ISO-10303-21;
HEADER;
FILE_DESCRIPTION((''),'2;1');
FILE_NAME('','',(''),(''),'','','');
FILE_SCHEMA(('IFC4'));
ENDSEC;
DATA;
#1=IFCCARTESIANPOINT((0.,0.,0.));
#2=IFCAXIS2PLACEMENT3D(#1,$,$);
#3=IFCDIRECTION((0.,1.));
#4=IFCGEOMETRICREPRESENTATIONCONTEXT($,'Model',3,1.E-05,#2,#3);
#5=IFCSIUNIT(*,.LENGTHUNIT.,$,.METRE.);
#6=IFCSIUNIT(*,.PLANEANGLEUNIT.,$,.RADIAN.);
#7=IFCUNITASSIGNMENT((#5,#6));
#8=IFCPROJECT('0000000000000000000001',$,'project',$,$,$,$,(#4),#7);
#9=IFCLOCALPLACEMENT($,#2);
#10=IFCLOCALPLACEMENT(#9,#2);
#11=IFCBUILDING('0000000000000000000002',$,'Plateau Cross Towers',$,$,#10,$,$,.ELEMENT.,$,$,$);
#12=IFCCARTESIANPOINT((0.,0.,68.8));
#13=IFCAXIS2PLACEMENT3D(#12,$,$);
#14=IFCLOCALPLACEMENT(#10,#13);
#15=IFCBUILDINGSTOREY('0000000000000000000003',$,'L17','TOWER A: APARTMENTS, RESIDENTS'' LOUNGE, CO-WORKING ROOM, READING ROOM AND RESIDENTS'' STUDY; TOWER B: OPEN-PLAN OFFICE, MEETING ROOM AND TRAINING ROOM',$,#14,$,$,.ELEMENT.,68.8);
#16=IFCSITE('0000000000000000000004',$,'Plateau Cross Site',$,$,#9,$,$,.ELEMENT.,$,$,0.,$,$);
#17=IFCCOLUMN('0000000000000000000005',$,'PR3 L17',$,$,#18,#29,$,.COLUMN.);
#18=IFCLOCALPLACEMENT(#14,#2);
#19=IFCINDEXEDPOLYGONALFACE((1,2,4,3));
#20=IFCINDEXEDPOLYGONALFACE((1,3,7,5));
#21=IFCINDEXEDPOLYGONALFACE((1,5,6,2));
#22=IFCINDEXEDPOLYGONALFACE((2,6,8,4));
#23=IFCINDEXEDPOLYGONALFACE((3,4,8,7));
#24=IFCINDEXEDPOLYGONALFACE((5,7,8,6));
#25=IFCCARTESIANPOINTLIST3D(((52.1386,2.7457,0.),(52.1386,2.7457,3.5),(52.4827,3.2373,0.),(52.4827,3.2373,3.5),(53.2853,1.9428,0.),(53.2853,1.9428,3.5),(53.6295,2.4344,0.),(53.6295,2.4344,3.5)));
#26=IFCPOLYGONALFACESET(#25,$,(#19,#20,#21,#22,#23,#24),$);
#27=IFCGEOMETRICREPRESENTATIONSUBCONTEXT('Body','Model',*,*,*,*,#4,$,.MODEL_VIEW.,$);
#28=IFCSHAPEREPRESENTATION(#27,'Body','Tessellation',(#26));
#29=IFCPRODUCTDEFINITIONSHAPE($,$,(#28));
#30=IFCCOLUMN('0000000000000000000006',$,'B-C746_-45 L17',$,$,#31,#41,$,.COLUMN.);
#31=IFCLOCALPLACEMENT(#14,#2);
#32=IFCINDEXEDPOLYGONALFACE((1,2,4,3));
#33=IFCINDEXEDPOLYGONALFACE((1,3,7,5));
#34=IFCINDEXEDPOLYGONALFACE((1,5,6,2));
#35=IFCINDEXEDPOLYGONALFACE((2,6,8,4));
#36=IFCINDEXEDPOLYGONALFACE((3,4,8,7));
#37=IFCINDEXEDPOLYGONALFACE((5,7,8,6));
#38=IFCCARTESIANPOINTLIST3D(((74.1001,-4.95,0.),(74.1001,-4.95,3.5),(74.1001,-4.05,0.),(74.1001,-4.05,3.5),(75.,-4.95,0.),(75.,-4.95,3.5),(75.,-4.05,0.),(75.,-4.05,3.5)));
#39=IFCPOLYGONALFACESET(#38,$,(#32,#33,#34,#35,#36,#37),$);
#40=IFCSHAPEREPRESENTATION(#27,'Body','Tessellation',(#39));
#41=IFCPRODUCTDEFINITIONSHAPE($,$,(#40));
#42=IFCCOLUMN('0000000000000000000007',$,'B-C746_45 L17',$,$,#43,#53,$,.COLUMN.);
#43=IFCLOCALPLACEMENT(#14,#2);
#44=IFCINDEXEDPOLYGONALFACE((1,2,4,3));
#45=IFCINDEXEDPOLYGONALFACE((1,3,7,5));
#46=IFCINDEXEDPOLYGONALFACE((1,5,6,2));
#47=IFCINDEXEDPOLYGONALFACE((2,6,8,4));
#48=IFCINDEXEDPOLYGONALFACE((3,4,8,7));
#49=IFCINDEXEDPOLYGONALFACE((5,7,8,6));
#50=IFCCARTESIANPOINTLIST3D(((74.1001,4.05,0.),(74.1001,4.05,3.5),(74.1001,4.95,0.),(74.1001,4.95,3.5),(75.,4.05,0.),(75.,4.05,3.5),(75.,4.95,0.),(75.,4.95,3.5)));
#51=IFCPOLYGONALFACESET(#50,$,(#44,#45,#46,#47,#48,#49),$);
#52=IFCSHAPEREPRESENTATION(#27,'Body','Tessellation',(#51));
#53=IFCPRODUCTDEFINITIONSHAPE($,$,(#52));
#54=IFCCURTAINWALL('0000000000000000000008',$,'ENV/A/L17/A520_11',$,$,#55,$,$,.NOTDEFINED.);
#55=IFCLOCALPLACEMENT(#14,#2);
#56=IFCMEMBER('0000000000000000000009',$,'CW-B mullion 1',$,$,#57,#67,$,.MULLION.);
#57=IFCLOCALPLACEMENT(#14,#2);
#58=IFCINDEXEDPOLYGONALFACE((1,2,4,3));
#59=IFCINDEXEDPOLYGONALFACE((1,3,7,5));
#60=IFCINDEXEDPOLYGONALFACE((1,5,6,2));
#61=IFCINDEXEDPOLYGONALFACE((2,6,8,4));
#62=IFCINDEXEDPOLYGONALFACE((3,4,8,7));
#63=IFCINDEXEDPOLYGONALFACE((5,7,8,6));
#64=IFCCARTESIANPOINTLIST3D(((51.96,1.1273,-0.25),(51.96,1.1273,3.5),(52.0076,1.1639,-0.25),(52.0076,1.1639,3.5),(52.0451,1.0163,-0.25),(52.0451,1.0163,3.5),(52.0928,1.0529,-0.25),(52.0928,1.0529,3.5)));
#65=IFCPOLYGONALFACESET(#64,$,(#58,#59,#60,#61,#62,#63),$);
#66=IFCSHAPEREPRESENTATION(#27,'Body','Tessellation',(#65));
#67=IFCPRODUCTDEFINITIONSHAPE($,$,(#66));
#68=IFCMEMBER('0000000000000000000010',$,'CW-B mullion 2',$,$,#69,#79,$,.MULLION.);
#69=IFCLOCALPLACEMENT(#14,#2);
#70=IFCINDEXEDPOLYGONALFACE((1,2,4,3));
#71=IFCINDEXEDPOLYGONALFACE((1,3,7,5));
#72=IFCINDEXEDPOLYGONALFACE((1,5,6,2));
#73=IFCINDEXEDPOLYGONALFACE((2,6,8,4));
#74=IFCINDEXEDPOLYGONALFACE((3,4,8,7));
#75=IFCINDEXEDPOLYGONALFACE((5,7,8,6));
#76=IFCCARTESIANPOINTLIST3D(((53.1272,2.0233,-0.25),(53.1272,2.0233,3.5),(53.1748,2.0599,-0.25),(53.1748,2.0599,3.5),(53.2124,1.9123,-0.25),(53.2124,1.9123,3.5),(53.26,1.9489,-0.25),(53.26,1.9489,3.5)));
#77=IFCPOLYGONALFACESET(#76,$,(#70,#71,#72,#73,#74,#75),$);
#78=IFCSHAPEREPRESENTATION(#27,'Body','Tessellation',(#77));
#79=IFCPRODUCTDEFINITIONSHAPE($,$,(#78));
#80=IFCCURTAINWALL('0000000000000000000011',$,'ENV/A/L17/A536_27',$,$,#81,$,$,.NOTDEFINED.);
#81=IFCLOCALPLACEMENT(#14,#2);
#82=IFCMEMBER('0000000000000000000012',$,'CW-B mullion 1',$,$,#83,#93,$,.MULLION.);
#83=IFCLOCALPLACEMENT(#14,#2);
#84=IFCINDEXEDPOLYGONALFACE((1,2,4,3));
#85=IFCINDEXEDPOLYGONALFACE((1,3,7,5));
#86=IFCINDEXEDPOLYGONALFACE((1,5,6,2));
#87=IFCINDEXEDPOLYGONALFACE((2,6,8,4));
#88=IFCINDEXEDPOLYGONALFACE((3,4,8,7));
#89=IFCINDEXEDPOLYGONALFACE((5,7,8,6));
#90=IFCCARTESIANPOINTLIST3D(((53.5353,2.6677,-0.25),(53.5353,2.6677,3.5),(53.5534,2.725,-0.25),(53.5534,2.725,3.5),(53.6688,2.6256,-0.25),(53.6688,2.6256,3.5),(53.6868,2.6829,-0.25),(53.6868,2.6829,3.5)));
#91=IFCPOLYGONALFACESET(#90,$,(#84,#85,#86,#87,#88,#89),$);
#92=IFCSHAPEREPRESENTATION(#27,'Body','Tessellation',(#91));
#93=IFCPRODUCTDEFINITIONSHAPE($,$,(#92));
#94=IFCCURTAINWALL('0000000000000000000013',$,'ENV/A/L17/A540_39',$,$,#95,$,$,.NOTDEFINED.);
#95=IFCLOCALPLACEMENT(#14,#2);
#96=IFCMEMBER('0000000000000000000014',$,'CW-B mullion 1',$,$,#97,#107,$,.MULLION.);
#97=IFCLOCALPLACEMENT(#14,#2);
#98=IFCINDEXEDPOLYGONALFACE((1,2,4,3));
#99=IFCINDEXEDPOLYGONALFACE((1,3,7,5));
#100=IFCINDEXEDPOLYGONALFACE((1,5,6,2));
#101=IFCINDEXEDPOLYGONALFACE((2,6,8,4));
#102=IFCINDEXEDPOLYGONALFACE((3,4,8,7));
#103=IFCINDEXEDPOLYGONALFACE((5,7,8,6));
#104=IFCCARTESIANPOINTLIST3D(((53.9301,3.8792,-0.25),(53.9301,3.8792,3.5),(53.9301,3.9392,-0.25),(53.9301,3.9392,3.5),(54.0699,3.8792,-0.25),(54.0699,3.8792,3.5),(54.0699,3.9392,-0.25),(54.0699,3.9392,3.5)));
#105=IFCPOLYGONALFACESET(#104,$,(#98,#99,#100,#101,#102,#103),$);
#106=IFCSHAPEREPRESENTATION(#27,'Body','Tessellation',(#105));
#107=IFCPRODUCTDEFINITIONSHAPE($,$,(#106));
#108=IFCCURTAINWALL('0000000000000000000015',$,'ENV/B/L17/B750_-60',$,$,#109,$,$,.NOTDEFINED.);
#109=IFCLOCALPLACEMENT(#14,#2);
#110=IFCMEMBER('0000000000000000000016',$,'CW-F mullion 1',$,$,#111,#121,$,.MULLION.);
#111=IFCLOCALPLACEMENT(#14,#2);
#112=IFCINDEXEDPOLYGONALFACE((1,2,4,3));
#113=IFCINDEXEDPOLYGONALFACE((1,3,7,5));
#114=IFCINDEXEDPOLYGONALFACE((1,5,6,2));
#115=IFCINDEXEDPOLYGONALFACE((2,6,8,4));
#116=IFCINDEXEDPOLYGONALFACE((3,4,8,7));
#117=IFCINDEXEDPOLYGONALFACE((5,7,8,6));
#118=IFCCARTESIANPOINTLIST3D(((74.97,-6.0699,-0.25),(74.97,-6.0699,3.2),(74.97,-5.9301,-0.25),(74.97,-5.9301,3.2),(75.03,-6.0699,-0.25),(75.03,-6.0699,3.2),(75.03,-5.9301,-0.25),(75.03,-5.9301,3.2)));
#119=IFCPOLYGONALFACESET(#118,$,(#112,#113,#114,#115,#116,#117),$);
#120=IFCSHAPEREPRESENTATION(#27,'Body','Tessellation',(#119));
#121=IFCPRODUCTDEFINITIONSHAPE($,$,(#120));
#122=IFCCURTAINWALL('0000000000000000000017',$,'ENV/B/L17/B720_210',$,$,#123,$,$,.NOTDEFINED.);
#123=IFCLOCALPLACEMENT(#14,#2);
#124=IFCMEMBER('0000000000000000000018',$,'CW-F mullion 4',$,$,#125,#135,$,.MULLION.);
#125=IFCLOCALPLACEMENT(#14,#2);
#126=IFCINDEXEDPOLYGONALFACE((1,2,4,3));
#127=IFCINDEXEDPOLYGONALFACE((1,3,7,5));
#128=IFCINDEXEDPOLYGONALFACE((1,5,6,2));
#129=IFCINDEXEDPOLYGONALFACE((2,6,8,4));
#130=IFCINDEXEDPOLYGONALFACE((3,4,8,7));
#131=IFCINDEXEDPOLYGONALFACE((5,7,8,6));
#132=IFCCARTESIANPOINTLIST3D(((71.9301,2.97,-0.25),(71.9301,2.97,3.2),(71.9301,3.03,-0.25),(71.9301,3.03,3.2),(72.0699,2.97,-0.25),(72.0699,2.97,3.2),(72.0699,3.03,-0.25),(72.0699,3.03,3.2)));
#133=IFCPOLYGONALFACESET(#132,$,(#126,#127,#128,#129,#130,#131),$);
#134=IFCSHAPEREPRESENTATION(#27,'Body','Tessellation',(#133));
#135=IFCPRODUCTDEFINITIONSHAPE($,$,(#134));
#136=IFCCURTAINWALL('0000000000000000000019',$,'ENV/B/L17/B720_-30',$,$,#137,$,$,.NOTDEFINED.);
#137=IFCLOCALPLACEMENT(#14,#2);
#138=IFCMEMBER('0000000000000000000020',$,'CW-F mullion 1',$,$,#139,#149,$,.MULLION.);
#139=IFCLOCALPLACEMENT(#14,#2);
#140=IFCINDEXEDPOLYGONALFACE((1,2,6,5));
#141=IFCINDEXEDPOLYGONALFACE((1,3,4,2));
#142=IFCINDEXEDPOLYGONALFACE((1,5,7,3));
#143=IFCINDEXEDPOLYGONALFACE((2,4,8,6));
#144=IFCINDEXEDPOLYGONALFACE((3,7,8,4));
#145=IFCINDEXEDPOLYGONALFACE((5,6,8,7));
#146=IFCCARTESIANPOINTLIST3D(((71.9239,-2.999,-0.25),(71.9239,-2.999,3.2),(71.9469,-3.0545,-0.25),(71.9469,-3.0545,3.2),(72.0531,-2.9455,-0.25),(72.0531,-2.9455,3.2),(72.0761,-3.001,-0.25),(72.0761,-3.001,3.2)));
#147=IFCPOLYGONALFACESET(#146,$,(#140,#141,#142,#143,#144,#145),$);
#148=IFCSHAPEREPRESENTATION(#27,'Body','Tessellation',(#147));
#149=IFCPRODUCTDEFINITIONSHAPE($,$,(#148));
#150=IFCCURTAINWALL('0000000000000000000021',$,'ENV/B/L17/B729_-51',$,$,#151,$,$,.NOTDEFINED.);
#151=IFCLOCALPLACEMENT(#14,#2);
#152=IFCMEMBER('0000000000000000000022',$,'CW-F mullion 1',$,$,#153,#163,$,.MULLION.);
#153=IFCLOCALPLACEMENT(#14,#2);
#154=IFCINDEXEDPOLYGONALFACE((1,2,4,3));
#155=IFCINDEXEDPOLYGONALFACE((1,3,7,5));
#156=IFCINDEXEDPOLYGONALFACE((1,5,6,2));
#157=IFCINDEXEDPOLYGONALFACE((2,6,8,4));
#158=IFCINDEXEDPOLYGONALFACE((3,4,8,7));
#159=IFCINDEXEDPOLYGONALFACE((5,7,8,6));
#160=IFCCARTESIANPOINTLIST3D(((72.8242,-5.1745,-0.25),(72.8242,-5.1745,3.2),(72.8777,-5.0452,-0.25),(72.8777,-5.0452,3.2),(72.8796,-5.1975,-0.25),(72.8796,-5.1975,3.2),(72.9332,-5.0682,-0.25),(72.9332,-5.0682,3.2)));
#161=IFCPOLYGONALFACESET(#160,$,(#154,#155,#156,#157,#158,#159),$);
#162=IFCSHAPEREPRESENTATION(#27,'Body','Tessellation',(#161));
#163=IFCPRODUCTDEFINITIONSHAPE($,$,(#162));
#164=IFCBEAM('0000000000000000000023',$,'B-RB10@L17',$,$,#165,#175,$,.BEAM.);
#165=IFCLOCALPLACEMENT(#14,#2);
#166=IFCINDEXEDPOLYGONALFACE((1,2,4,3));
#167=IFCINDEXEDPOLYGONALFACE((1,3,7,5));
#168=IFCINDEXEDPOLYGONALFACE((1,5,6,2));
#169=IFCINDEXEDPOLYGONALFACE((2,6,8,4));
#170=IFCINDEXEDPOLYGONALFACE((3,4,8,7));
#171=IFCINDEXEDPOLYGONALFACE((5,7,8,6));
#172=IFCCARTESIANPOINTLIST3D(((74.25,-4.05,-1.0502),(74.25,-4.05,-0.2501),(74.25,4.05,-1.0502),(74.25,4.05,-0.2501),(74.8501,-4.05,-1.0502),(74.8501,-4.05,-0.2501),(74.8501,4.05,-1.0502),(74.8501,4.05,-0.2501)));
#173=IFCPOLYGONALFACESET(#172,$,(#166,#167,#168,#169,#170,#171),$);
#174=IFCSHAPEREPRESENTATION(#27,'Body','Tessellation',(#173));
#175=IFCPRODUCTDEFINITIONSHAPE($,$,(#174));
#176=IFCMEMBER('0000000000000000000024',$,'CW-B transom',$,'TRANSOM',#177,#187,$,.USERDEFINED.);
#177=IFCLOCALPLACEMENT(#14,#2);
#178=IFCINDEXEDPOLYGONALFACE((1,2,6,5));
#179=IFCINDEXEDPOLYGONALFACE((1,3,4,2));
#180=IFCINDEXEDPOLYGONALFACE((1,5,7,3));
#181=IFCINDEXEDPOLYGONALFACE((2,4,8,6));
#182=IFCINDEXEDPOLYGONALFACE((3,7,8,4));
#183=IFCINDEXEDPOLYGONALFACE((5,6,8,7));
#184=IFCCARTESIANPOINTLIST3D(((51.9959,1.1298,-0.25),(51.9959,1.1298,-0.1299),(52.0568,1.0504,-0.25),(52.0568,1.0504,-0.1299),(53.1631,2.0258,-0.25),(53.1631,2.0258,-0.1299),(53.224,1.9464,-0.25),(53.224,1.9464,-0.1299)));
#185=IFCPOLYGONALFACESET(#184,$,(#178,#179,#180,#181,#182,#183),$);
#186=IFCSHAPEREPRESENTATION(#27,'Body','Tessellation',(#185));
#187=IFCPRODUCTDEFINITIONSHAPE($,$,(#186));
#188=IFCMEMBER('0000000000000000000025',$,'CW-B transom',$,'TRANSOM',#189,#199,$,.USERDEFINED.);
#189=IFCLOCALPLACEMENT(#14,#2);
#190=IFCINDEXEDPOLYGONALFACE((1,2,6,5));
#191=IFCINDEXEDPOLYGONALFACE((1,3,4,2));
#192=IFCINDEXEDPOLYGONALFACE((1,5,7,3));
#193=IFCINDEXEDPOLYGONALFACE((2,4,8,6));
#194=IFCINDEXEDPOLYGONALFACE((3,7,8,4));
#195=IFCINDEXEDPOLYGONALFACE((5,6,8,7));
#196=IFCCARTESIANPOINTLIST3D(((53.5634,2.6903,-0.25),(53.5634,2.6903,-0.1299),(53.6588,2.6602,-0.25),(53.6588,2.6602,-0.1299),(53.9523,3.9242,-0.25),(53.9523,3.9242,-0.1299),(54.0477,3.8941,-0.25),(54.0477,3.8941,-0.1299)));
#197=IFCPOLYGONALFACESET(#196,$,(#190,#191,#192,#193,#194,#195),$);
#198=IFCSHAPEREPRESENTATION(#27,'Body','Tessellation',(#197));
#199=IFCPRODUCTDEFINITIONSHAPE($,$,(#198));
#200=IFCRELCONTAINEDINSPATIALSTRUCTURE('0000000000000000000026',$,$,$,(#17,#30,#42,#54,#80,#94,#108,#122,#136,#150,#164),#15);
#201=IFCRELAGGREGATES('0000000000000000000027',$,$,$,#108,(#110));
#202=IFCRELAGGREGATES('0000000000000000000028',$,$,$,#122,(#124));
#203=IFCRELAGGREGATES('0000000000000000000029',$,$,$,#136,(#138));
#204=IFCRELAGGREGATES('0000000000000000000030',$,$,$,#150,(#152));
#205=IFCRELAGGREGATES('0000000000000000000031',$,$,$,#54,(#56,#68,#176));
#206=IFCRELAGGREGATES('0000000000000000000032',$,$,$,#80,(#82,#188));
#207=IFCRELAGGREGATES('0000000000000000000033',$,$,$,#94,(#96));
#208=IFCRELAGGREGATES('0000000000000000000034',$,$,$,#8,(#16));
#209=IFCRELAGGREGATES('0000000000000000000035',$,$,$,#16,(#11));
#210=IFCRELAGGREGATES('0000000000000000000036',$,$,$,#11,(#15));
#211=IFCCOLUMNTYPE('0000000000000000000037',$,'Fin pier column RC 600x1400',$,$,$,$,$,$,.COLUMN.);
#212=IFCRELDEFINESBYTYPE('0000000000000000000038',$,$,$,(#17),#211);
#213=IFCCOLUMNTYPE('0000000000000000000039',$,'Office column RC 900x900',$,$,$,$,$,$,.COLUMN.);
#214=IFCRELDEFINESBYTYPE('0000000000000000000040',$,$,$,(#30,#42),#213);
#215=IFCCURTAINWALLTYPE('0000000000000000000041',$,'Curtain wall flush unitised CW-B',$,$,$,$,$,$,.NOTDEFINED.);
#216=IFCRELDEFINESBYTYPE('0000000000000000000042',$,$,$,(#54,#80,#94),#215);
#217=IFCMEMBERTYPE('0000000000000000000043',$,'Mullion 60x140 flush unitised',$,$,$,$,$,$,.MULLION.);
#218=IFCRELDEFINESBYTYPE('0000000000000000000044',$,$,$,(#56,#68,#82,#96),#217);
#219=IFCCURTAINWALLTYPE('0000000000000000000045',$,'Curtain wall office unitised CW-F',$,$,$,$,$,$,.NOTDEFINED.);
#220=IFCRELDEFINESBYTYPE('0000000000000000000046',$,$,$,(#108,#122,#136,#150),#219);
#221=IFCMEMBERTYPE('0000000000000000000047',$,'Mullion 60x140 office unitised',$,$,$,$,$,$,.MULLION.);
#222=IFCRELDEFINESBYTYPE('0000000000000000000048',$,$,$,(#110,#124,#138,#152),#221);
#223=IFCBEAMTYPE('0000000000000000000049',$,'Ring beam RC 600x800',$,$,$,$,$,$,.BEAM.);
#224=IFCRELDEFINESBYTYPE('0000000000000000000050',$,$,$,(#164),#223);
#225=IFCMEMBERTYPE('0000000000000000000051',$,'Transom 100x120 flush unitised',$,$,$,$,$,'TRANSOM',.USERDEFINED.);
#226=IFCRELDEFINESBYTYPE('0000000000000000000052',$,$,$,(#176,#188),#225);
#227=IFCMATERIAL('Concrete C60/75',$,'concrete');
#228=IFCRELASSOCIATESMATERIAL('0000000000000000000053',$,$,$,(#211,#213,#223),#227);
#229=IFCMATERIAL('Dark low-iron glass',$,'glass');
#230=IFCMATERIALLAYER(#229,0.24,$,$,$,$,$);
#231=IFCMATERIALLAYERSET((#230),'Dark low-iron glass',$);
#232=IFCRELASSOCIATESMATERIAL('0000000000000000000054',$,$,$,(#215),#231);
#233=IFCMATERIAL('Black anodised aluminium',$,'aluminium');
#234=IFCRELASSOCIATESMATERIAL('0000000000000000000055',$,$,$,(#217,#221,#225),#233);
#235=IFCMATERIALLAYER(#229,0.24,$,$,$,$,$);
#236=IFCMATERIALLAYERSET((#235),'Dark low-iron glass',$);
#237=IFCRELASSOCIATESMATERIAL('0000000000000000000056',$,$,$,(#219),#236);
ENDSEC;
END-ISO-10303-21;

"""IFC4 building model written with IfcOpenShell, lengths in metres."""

from ifc_helpers import new_model, si_unit, direction, frame, origin, origin_2d, place, context, subcontext, project, spatial, rectangle, extrude, material, layer, layer_set, material_profile, profile_set, type_object, element, aggregate, save


model = new_model("IFC4")

# Units and contexts
model_context = context("Model", 3, precision=1e-05, world=origin(), true_north=direction((0.0, 1.0)))
body_context = subcontext(model_context, "Body", "Model", "MODEL_VIEW")
ifc_project = project(units=[si_unit("LENGTHUNIT", "METRE"), si_unit("PLANEANGLEUNIT", "RADIAN")], contexts=[model_context])

# Site, building, storey
site_placement = place(None, origin())
site = spatial("IfcSite", under=ifc_project, at=site_placement, Name="Plateau Cross Site", CompositionType="ELEMENT", RefElevation=0.0)
building_placement = place(site_placement, origin())
building = spatial("IfcBuilding", under=site, at=building_placement, Name="Plateau Cross Towers", CompositionType="ELEMENT")
storey_placement = place(building_placement, frame((0.0, 0.0, 68.8)))
storey = spatial("IfcBuildingStorey", under=building, at=storey_placement, Name="L17", Description="TOWER A: APARTMENTS, RESIDENTS' LOUNGE, CO-WORKING ROOM, READING ROOM AND RESIDENTS' STUDY; TOWER B: OPEN-PLAN OFFICE, MEETING ROOM AND TRAINING ROOM", CompositionType="ELEMENT", Elevation=68.8)

# Columns
ifc_material_1 = material(Name="Concrete C60/75", Category="concrete")
ifc_material_profile_1 = material_profile(ifc_material_1, rectangle(XDim=0.6001, YDim=1.3999, at=origin_2d()), Name="RC 600x1400")
ifc_profile_set_1 = profile_set([ifc_material_profile_1], Name="Concrete C60/75")
column_type_1 = type_object("IfcColumnType", Name="Fin pier column RC 600x1400", PredefinedType="COLUMN", material=ifc_profile_set_1)
column_placement = place(storey_placement, frame((52.884, 2.5901, 0.0), z_axis=(0.0, 0.0, 1.0), x_axis=(0.573543, 0.819176, 0.0)))
element("IfcColumn", 1, at=column_placement, inside=storey, type_object=column_type_1, Name="PR3 L17", PredefinedType="COLUMN", context=body_context, shape_type="SweptSolid", body=[
    extrude(rectangle(XDim=0.6001, YDim=1.3999, at=origin_2d()), origin(), (0.0, 0.0, 1.0), 3.5),
])
ifc_material_profile_2 = material_profile(ifc_material_1, rectangle(XDim=0.8999, YDim=0.8999, at=origin_2d()), Name="RC 900x900")
ifc_profile_set_2 = profile_set([ifc_material_profile_2], Name="Concrete C60/75")
column_type_2 = type_object("IfcColumnType", Name="Office column RC 900x900", PredefinedType="COLUMN", material=ifc_profile_set_2)
for number, where, z_axis, x_axis, name in (
    (2, (74.55, -4.5, 0.0), (0.0, 0.0, 1.0), (1.0, 0.0, 0.0), "B-C746_-45 L17"),
    (3, (74.55, 4.5, 0.0), (0.0, 0.0, 1.0), (1.0, 0.0, 0.0), "B-C746_45 L17"),
):
    element("IfcColumn", number, at=place(storey_placement, frame(where, z_axis=z_axis, x_axis=x_axis)), inside=storey, type_object=column_type_2, Name=name, PredefinedType="COLUMN", context=body_context, shape_type="SweptSolid", body=[
        extrude(rectangle(XDim=0.8999, YDim=0.8999, at=origin_2d()), origin(), (0.0, 0.0, 1.0), 3.5),
    ])

# Curtain wall, members
ifc_material_2 = material(Name="Dark low-iron glass", Category="glass")
ifc_layer_1 = layer(ifc_material_2, 0.24)
ifc_layer_set_1 = layer_set([ifc_layer_1], Name="Dark low-iron glass")
curtain_wall_type_1 = type_object("IfcCurtainWallType", Name="Curtain wall flush unitised CW-B", PredefinedType="NOTDEFINED", material=ifc_layer_set_1)
curtain_wall_1_placement = place(storey_placement, origin())
curtain_wall_1 = element("IfcCurtainWall", 4, at=curtain_wall_1_placement, inside=storey, type_object=curtain_wall_type_1, Name="ENV/A/L17/A520_11", PredefinedType="NOTDEFINED")
ifc_material_3 = material(Name="Black anodised aluminium", Category="aluminium")
ifc_material_profile_3 = material_profile(ifc_material_3, rectangle(XDim=0.0601, YDim=0.1399, at=origin_2d()), Name="MULLION 60x140")
ifc_profile_set_3 = profile_set([ifc_material_profile_3], Name="Black anodised aluminium")
member_type_1 = type_object("IfcMemberType", Name="Mullion 60x140 flush unitised", PredefinedType="MULLION", material=ifc_profile_set_3)
member_1_placement = place(storey_placement, frame((52.0264, 1.0901, -0.25), z_axis=(0.0, 0.0, 1.0), x_axis=(0.793316, 0.608811, 0.0)))
member_1 = element("IfcMember", 5, at=member_1_placement, type_object=member_type_1, Name="CW-B mullion 1", PredefinedType="MULLION", context=body_context, shape_type="SweptSolid", body=[
    extrude(rectangle(XDim=0.0601, YDim=0.1399, at=origin_2d()), origin(), (0.0, 0.0, 1.0), 3.75),
])
member_2_placement = place(storey_placement, frame((53.1936, 1.9861, -0.25), z_axis=(0.0, 0.0, 1.0), x_axis=(0.793316, 0.608811, 0.0)))
member_2 = element("IfcMember", 6, at=member_2_placement, type_object=member_type_1, Name="CW-B mullion 2", PredefinedType="MULLION", context=body_context, shape_type="SweptSolid", body=[
    extrude(rectangle(XDim=0.0601, YDim=0.1399, at=origin_2d()), origin(), (0.0, 0.0, 1.0), 3.75),
])

# Curtain walls, members
curtain_wall_2_placement = place(storey_placement, origin())
curtain_wall_2 = element("IfcCurtainWall", 7, at=curtain_wall_2_placement, inside=storey, type_object=curtain_wall_type_1, Name="ENV/A/L17/A536_27", PredefinedType="NOTDEFINED")
member_3_placement = place(storey_placement, frame((53.6111, 2.6753, -0.25), z_axis=(0.0, 0.0, 1.0), x_axis=(0.300686, 0.953723, 0.0)))
member_3 = element("IfcMember", 8, at=member_3_placement, type_object=member_type_1, Name="CW-B mullion 1", PredefinedType="MULLION", context=body_context, shape_type="SweptSolid", body=[
    extrude(rectangle(XDim=0.0601, YDim=0.1399, at=origin_2d()), origin(), (0.0, 0.0, 1.0), 3.75),
])
curtain_wall_3_placement = place(storey_placement, origin())
curtain_wall_3 = element("IfcCurtainWall", 9, at=curtain_wall_3_placement, inside=storey, type_object=curtain_wall_type_1, Name="ENV/A/L17/A540_39", PredefinedType="NOTDEFINED")
member_4_placement = place(storey_placement, frame((54.0, 3.9092, -0.25), z_axis=(0.0, 0.0, 1.0), x_axis=(0.0, 1.0, 0.0)))
member_4 = element("IfcMember", 10, at=member_4_placement, type_object=member_type_1, Name="CW-B mullion 1", PredefinedType="MULLION", context=body_context, shape_type="SweptSolid", body=[
    extrude(rectangle(XDim=0.0601, YDim=0.1399, at=origin_2d()), origin(), (0.0, 0.0, 1.0), 3.75),
])
ifc_layer_2 = layer(ifc_material_2, 0.24)
ifc_layer_set_2 = layer_set([ifc_layer_2], Name="Dark low-iron glass")
curtain_wall_type_2 = type_object("IfcCurtainWallType", Name="Curtain wall office unitised CW-F", PredefinedType="NOTDEFINED", material=ifc_layer_set_2)
curtain_wall_4_placement = place(storey_placement, origin())
curtain_wall_4 = element("IfcCurtainWall", 11, at=curtain_wall_4_placement, inside=storey, type_object=curtain_wall_type_2, Name="ENV/B/L17/B750_-60", PredefinedType="NOTDEFINED")
ifc_material_profile_4 = material_profile(ifc_material_3, rectangle(XDim=0.0601, YDim=0.1399, at=origin_2d()), Name="MULLION 60x140")
ifc_profile_set_4 = profile_set([ifc_material_profile_4], Name="Black anodised aluminium")
member_type_2 = type_object("IfcMemberType", Name="Mullion 60x140 office unitised", PredefinedType="MULLION", material=ifc_profile_set_4)
member_5_placement = place(storey_placement, frame((75.0, -6.0, -0.25), z_axis=(0.0, 0.0, 1.0), x_axis=(1.0, 0.0, 0.0)))
member_5 = element("IfcMember", 12, at=member_5_placement, type_object=member_type_2, Name="CW-F mullion 1", PredefinedType="MULLION", context=body_context, shape_type="SweptSolid", body=[
    extrude(rectangle(XDim=0.0601, YDim=0.1399, at=origin_2d()), origin(), (0.0, 0.0, 1.0), 3.45),
])
curtain_wall_5_placement = place(storey_placement, origin())
curtain_wall_5 = element("IfcCurtainWall", 13, at=curtain_wall_5_placement, inside=storey, type_object=curtain_wall_type_2, Name="ENV/B/L17/B720_210", PredefinedType="NOTDEFINED")
member_6_placement = place(storey_placement, frame((72.0, 3.0, -0.25), z_axis=(0.0, 0.0, 1.0), x_axis=(0.0, -1.0, 0.0)))
member_6 = element("IfcMember", 14, at=member_6_placement, type_object=member_type_2, Name="CW-F mullion 4", PredefinedType="MULLION", context=body_context, shape_type="SweptSolid", body=[
    extrude(rectangle(XDim=0.0601, YDim=0.1399, at=origin_2d()), origin(), (0.0, 0.0, 1.0), 3.45),
])
curtain_wall_6_placement = place(storey_placement, origin())
curtain_wall_6 = element("IfcCurtainWall", 15, at=curtain_wall_6_placement, inside=storey, type_object=curtain_wall_type_2, Name="ENV/B/L17/B720_-30", PredefinedType="NOTDEFINED")
member_7_placement = place(storey_placement, frame((72.0, -3.0, -0.25), z_axis=(0.0, 0.0, 1.0), x_axis=(0.382684, -0.923879, 0.0)))
member_7 = element("IfcMember", 16, at=member_7_placement, type_object=member_type_2, Name="CW-F mullion 1", PredefinedType="MULLION", context=body_context, shape_type="SweptSolid", body=[
    extrude(rectangle(XDim=0.0601, YDim=0.1399, at=origin_2d()), origin(), (0.0, 0.0, 1.0), 3.45),
])
curtain_wall_7_placement = place(storey_placement, origin())
curtain_wall_7 = element("IfcCurtainWall", 17, at=curtain_wall_7_placement, inside=storey, type_object=curtain_wall_type_2, Name="ENV/B/L17/B729_-51", PredefinedType="NOTDEFINED")
member_8_placement = place(storey_placement, frame((72.8787, -5.1213, -0.25), z_axis=(0.0, 0.0, 1.0), x_axis=(0.923879, -0.382684, 0.0)))
member_8 = element("IfcMember", 18, at=member_8_placement, type_object=member_type_2, Name="CW-F mullion 1", PredefinedType="MULLION", context=body_context, shape_type="SweptSolid", body=[
    extrude(rectangle(XDim=0.0601, YDim=0.1399, at=origin_2d()), origin(), (0.0, 0.0, 1.0), 3.45),
])

# Beam
ifc_material_profile_5 = material_profile(ifc_material_1, rectangle(XDim=0.6001, YDim=0.8, at=origin_2d()), Name="RC 600x800")
ifc_profile_set_5 = profile_set([ifc_material_profile_5], Name="Concrete C60/75")
beam_type = type_object("IfcBeamType", Name="Ring beam RC 600x800", PredefinedType="BEAM", material=ifc_profile_set_5)
beam_placement = place(storey_placement, frame((74.55, 4.05, -0.6501), z_axis=(0.0, -1.0, 0.0), x_axis=(1.0, 0.0, 0.0)))
element("IfcBeam", 19, at=beam_placement, inside=storey, type_object=beam_type, Name="B-RB10@L17", PredefinedType="BEAM", context=body_context, shape_type="SweptSolid", body=[
    extrude(rectangle(XDim=0.6001, YDim=0.8, at=origin_2d()), origin(), (0.0, 0.0, 1.0), 8.1001),
])

# Members
ifc_material_profile_6 = material_profile(ifc_material_3, rectangle(XDim=0.1001, YDim=0.1201, at=origin_2d()), Name="TRANSOM 100x120")
ifc_profile_set_6 = profile_set([ifc_material_profile_6], Name="Black anodised aluminium")
member_type_3 = type_object("IfcMemberType", Name="Transom 100x120 flush unitised", ElementType="TRANSOM", PredefinedType="USERDEFINED", material=ifc_profile_set_6)
member_9_placement = place(storey_placement, frame((52.0264, 1.0901, -0.1899), z_axis=(0.79324, 0.608909, 0.0), x_axis=(-0.608909, 0.79324, 0.0)))
member_9 = element("IfcMember", 20, at=member_9_placement, type_object=member_type_3, Name="CW-B transom", ObjectType="TRANSOM", PredefinedType="USERDEFINED", context=body_context, shape_type="SweptSolid", body=[
    extrude(rectangle(XDim=0.1001, YDim=0.1201, at=origin_2d()), origin(), (0.0, 0.0, 1.0), 1.4714),
])
member_10_placement = place(storey_placement, frame((53.6111, 2.6753, -0.1899), z_axis=(0.300617, 0.953745, 0.0), x_axis=(-0.953745, 0.300617, 0.0)))
member_10 = element("IfcMember", 21, at=member_10_placement, type_object=member_type_3, Name="CW-B transom", ObjectType="TRANSOM", PredefinedType="USERDEFINED", context=body_context, shape_type="SweptSolid", body=[
    extrude(rectangle(XDim=0.1001, YDim=0.1201, at=origin_2d()), origin(), (0.0, 0.0, 1.0), 1.2937),
])
aggregate(curtain_wall_4, [member_5])

aggregate(curtain_wall_5, [member_6])
aggregate(curtain_wall_6, [member_7])
aggregate(curtain_wall_7, [member_8])
aggregate(curtain_wall_1, [member_1, member_2, member_9])
aggregate(curtain_wall_2, [member_3, member_10])
aggregate(curtain_wall_3, [member_4])

save(model, "model.ifc")
